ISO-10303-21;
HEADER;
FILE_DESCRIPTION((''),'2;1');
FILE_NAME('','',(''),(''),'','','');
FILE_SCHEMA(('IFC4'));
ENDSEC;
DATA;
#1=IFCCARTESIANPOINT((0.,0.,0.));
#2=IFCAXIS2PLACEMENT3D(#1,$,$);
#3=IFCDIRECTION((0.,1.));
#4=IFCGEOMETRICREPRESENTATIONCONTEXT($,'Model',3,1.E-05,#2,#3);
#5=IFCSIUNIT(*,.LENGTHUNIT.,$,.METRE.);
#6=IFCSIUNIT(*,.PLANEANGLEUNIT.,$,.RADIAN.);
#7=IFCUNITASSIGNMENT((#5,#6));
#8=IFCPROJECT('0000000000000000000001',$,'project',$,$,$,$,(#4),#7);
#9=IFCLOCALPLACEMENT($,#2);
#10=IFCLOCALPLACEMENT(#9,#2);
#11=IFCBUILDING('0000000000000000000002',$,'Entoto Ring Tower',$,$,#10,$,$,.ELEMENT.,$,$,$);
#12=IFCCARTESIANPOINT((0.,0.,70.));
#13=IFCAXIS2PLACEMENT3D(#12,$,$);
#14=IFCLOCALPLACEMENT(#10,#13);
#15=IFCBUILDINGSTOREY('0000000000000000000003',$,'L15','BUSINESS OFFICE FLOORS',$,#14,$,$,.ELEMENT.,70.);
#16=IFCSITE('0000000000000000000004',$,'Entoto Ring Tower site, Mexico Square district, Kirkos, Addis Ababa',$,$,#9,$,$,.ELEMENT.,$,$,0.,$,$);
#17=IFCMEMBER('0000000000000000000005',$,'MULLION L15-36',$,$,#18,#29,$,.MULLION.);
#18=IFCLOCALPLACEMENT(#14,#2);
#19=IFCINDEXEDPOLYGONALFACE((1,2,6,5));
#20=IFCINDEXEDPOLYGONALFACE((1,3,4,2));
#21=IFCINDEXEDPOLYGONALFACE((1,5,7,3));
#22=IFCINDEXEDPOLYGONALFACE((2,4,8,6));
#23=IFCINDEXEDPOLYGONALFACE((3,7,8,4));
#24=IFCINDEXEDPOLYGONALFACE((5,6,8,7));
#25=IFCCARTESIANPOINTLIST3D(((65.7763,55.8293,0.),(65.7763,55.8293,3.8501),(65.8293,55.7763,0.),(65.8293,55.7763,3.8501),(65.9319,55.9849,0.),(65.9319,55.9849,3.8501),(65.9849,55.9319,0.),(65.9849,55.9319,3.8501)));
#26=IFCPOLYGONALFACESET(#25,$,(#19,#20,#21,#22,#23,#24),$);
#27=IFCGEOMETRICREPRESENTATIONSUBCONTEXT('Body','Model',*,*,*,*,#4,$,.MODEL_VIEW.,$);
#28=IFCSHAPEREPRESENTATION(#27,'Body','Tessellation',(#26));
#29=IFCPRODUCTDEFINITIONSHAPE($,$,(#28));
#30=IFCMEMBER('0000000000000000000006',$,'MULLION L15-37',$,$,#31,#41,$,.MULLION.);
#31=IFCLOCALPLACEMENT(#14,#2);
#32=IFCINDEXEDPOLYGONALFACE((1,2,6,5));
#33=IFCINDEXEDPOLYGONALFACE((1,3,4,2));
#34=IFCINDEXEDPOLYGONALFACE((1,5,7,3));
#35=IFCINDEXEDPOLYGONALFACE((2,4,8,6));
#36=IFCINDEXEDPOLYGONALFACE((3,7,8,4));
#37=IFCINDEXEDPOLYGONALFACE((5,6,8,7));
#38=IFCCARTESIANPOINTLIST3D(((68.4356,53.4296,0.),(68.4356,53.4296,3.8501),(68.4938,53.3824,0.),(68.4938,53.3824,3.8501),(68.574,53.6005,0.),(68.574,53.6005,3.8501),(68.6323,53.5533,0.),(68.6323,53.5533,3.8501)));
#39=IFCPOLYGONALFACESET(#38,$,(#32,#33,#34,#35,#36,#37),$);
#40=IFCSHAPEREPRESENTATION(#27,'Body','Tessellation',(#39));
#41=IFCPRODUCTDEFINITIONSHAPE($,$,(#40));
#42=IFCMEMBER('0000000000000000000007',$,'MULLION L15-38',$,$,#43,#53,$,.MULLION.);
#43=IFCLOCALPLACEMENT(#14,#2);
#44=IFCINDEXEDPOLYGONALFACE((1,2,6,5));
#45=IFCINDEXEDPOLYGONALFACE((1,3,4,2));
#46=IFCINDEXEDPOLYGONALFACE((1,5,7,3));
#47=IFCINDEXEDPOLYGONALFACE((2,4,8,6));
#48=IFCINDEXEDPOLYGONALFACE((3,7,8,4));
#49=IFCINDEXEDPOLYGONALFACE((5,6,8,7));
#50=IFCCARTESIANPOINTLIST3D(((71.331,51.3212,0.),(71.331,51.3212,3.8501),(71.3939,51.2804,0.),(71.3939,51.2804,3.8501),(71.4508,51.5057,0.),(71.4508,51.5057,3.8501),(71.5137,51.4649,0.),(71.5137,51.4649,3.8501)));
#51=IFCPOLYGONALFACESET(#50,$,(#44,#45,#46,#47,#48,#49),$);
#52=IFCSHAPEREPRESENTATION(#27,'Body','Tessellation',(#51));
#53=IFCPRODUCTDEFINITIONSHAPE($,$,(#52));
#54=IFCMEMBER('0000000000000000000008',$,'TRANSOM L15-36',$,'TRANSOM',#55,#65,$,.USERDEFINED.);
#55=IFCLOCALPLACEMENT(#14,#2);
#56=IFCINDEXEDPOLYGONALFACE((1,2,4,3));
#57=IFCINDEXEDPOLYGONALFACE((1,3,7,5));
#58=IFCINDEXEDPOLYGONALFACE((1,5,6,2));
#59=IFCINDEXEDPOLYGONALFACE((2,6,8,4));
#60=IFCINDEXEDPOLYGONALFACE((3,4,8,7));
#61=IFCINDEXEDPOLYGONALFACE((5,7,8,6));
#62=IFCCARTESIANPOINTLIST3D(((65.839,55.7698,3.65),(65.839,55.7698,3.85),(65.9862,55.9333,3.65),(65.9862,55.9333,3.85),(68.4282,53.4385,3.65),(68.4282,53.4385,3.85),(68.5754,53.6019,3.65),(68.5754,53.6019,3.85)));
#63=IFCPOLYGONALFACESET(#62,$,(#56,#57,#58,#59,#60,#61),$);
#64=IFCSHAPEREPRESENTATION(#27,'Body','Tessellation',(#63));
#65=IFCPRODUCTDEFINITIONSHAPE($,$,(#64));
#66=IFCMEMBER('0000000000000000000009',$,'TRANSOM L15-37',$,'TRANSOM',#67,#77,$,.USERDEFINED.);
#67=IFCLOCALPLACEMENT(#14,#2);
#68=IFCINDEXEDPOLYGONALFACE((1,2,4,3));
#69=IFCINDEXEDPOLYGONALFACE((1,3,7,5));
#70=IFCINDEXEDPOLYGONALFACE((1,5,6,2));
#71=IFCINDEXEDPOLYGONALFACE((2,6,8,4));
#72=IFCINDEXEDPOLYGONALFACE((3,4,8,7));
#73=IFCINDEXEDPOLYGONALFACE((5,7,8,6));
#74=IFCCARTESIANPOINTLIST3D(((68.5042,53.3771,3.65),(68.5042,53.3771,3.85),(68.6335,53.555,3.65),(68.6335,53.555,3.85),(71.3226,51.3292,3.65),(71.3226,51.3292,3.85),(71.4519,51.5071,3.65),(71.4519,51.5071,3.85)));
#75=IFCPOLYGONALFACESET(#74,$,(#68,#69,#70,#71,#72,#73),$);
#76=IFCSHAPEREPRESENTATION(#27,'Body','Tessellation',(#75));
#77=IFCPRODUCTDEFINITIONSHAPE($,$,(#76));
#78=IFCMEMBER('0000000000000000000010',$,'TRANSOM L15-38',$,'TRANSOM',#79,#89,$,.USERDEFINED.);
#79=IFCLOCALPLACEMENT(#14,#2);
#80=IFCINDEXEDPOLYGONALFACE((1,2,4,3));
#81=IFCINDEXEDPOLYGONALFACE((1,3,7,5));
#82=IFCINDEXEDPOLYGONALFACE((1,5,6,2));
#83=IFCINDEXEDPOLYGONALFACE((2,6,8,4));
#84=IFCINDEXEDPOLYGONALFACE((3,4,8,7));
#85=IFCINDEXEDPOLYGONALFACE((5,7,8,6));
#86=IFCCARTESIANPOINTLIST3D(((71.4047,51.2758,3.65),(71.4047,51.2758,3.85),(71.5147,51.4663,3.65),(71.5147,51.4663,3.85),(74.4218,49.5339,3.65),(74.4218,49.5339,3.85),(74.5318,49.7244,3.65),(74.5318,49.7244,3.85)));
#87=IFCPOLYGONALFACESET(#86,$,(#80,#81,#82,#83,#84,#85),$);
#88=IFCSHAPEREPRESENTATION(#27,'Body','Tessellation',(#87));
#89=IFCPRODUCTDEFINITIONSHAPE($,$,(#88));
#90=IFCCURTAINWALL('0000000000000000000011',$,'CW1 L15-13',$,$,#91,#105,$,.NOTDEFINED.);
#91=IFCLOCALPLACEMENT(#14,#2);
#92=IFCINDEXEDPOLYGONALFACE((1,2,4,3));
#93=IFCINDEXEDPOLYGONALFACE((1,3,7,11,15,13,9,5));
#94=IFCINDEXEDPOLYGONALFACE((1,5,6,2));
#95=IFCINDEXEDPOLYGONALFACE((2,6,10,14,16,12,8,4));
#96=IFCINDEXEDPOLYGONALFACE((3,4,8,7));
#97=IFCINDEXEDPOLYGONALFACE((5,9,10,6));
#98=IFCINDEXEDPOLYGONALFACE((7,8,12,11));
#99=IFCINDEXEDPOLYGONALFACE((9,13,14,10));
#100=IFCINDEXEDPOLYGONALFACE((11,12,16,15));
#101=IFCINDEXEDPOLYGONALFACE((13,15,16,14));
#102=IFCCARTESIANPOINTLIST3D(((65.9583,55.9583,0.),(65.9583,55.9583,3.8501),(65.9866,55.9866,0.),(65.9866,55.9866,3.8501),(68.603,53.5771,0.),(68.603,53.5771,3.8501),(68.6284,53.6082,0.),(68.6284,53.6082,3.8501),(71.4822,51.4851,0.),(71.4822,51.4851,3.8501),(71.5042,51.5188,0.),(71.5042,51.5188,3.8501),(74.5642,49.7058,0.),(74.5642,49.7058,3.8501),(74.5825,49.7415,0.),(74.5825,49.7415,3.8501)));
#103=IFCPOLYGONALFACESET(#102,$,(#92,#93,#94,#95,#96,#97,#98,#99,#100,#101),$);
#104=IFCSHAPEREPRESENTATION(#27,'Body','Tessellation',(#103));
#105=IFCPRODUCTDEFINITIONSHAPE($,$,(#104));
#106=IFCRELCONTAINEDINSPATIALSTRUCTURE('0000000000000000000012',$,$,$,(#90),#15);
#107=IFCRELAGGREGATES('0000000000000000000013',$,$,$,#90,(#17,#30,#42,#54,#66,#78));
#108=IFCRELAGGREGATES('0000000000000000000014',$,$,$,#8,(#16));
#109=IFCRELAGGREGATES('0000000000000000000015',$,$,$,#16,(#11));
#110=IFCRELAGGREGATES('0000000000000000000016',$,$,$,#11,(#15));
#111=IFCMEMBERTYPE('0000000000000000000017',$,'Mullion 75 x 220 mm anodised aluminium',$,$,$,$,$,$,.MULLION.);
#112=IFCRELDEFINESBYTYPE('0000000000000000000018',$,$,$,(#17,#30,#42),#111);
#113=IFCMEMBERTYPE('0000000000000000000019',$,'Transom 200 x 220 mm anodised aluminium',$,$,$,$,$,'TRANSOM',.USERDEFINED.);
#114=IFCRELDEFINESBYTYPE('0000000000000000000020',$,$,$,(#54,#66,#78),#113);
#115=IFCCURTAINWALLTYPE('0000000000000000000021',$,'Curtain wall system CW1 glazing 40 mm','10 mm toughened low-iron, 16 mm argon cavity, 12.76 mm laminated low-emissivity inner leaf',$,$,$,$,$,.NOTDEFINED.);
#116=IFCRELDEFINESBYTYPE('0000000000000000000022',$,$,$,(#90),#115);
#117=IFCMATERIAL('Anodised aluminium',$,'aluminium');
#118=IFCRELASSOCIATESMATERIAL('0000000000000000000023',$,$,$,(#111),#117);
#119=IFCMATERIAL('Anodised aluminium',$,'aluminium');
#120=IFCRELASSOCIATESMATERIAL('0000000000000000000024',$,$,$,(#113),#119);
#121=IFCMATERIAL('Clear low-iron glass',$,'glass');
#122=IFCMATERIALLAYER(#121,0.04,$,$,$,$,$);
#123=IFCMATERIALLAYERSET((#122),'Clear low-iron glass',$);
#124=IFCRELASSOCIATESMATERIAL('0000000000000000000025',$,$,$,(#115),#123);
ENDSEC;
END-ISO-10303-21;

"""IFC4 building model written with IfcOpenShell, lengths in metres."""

from ifc_helpers import new_model, si_unit, direction, frame, origin, origin_2d, place, context, subcontext, project, spatial, polyline, rectangle, outline, extrude, material, layer, layer_set, material_profile, profile_set, type_object, element, aggregate, save


model = new_model("IFC4")

# Units and contexts
model_context = context("Model", 3, precision=1e-05, world=origin(), true_north=direction((0.0, 1.0)))
body_context = subcontext(model_context, "Body", "Model", "MODEL_VIEW")
ifc_project = project(units=[si_unit("LENGTHUNIT", "METRE"), si_unit("PLANEANGLEUNIT", "RADIAN")], contexts=[model_context])

# Members
ifc_material_1 = material(Name="Anodised aluminium", Category="aluminium")
ifc_material_profile_1 = material_profile(ifc_material_1, rectangle(XDim=0.075, YDim=0.22, at=origin_2d()), Name="Mullion 75 x 220 mm anodised aluminium")
ifc_profile_set_1 = profile_set([ifc_material_profile_1], Name="Anodised aluminium")
member_type_1 = type_object("IfcMemberType", Name="Mullion 75 x 220 mm anodised aluminium", PredefinedType="MULLION", material=ifc_profile_set_1)
site_placement = place(None, origin())
building_placement = place(site_placement, origin())
storey_placement = place(building_placement, frame((0.0, 0.0, 70.0)))
member_1_placement = place(storey_placement, frame((65.8806, 55.8806, 0.0), z_axis=(0.0, 0.0, 1.0), x_axis=(0.707107, -0.707107, 0.0)))
member_1 = element("IfcMember", 1, at=member_1_placement, type_object=member_type_1, Name="MULLION L15-36", PredefinedType="MULLION", context=body_context, shape_type="SweptSolid", body=[
    extrude(rectangle(XDim=0.075, YDim=0.22, at=origin_2d()), origin(), (0.0, 0.0, 1.0), 3.8501),
])
member_2_placement = place(storey_placement, frame((68.5339, 53.4915, 0.0), z_axis=(0.0, 0.0, 1.0), x_axis=(0.777146, -0.62932, 0.0)))
member_2 = element("IfcMember", 2, at=member_2_placement, type_object=member_type_1, Name="MULLION L15-37", PredefinedType="MULLION", context=body_context, shape_type="SweptSolid", body=[
    extrude(rectangle(XDim=0.075, YDim=0.22, at=origin_2d()), origin(), (0.0, 0.0, 1.0), 3.8501),
])
member_3_placement = place(storey_placement, frame((71.4224, 51.3931, 0.0), z_axis=(0.0, 0.0, 1.0), x_axis=(0.838671, -0.544639, 0.0)))
member_3 = element("IfcMember", 3, at=member_3_placement, type_object=member_type_1, Name="MULLION L15-38", PredefinedType="MULLION", context=body_context, shape_type="SweptSolid", body=[
    extrude(rectangle(XDim=0.075, YDim=0.22, at=origin_2d()), origin(), (0.0, 0.0, 1.0), 3.8501),
])
ifc_material_2 = material(Name="Anodised aluminium", Category="aluminium")
ifc_material_profile_2 = material_profile(ifc_material_2, rectangle(XDim=0.22, YDim=0.2, at=origin_2d()), Name="Transom 200 x 220 mm anodised aluminium")
ifc_profile_set_2 = profile_set([ifc_material_profile_2], Name="Anodised aluminium")
member_type_2 = type_object("IfcMemberType", Name="Transom 200 x 220 mm anodised aluminium", ElementType="TRANSOM", PredefinedType="USERDEFINED", material=ifc_profile_set_2)
member_4_placement = place(storey_placement, frame((65.9126, 55.8516, 3.75), z_axis=(0.743137, -0.669139, 0.0), x_axis=(0.669139, 0.743137, 0.0)))
member_4 = element("IfcMember", 4, at=member_4_placement, type_object=member_type_2, Name="TRANSOM L15-36", ObjectType="TRANSOM", PredefinedType="USERDEFINED", context=body_context, shape_type="SweptSolid", body=[
    extrude(rectangle(XDim=0.22, YDim=0.2, at=origin_2d()), origin(), (0.0, 0.0, 1.0), 3.4841),
])
member_5_placement = place(storey_placement, frame((68.5688, 53.4661, 3.75), z_axis=(0.808991, -0.587822, 0.0), x_axis=(0.587822, 0.808991, 0.0)))
member_5 = element("IfcMember", 5, at=member_5_placement, type_object=member_type_2, Name="TRANSOM L15-37", ObjectType="TRANSOM", PredefinedType="USERDEFINED", context=body_context, shape_type="SweptSolid", body=[
    extrude(rectangle(XDim=0.22, YDim=0.2, at=origin_2d()), origin(), (0.0, 0.0, 1.0), 3.4839),
])
member_6_placement = place(storey_placement, frame((71.4597, 51.3711, 3.75), z_axis=(0.866022, -0.500006, 0.0), x_axis=(0.500006, 0.866022, 0.0)))
member_6 = element("IfcMember", 6, at=member_6_placement, type_object=member_type_2, Name="TRANSOM L15-38", ObjectType="TRANSOM", PredefinedType="USERDEFINED", context=body_context, shape_type="SweptSolid", body=[
    extrude(rectangle(XDim=0.22, YDim=0.2, at=origin_2d()), origin(), (0.0, 0.0, 1.0), 3.4839),
])

# Site, building, storey
site = spatial("IfcSite", under=ifc_project, at=site_placement, Name="Entoto Ring Tower site, Mexico Square district, Kirkos, Addis Ababa", CompositionType="ELEMENT", RefElevation=0.0)
building = spatial("IfcBuilding", under=site, at=building_placement, Name="Entoto Ring Tower", CompositionType="ELEMENT")
storey = spatial("IfcBuildingStorey", under=building, at=storey_placement, Name="L15", Description="BUSINESS OFFICE FLOORS", CompositionType="ELEMENT", Elevation=70.0)

# Curtain wall
ifc_material_3 = material(Name="Clear low-iron glass", Category="glass")
ifc_layer = layer(ifc_material_3, 0.04)
ifc_layer_set = layer_set([ifc_layer], Name="Clear low-iron glass")
curtain_wall_type = type_object("IfcCurtainWallType", Name="Curtain wall system CW1 glazing 40 mm", Description="10 mm toughened low-iron, 16 mm argon cavity, 12.76 mm laminated low-emissivity inner leaf", PredefinedType="NOTDEFINED", material=ifc_layer_set)
curtain_wall_1_placement = place(storey_placement, origin())
curtain_wall_1 = element("IfcCurtainWall", 7, at=curtain_wall_1_placement, inside=storey, type_object=curtain_wall_type, Name="CW1 L15-13", PredefinedType="NOTDEFINED", context=body_context, shape_type="SweptSolid", body=[
    extrude(outline(polyline([(65.9583, 55.9583), (68.603, 53.5771), (71.4822, 51.4851), (74.5642, 49.7058), (74.5825, 49.7415), (71.5042, 51.5188), (68.6284, 53.6082), (65.9866, 55.9866), (65.9583, 55.9583)])), origin(), (0.0, 0.0, 1.0), 3.8501),
])
aggregate(curtain_wall_1, [member_1, member_2, member_3, member_4, member_5, member_6])

save(model, "model.ifc")
